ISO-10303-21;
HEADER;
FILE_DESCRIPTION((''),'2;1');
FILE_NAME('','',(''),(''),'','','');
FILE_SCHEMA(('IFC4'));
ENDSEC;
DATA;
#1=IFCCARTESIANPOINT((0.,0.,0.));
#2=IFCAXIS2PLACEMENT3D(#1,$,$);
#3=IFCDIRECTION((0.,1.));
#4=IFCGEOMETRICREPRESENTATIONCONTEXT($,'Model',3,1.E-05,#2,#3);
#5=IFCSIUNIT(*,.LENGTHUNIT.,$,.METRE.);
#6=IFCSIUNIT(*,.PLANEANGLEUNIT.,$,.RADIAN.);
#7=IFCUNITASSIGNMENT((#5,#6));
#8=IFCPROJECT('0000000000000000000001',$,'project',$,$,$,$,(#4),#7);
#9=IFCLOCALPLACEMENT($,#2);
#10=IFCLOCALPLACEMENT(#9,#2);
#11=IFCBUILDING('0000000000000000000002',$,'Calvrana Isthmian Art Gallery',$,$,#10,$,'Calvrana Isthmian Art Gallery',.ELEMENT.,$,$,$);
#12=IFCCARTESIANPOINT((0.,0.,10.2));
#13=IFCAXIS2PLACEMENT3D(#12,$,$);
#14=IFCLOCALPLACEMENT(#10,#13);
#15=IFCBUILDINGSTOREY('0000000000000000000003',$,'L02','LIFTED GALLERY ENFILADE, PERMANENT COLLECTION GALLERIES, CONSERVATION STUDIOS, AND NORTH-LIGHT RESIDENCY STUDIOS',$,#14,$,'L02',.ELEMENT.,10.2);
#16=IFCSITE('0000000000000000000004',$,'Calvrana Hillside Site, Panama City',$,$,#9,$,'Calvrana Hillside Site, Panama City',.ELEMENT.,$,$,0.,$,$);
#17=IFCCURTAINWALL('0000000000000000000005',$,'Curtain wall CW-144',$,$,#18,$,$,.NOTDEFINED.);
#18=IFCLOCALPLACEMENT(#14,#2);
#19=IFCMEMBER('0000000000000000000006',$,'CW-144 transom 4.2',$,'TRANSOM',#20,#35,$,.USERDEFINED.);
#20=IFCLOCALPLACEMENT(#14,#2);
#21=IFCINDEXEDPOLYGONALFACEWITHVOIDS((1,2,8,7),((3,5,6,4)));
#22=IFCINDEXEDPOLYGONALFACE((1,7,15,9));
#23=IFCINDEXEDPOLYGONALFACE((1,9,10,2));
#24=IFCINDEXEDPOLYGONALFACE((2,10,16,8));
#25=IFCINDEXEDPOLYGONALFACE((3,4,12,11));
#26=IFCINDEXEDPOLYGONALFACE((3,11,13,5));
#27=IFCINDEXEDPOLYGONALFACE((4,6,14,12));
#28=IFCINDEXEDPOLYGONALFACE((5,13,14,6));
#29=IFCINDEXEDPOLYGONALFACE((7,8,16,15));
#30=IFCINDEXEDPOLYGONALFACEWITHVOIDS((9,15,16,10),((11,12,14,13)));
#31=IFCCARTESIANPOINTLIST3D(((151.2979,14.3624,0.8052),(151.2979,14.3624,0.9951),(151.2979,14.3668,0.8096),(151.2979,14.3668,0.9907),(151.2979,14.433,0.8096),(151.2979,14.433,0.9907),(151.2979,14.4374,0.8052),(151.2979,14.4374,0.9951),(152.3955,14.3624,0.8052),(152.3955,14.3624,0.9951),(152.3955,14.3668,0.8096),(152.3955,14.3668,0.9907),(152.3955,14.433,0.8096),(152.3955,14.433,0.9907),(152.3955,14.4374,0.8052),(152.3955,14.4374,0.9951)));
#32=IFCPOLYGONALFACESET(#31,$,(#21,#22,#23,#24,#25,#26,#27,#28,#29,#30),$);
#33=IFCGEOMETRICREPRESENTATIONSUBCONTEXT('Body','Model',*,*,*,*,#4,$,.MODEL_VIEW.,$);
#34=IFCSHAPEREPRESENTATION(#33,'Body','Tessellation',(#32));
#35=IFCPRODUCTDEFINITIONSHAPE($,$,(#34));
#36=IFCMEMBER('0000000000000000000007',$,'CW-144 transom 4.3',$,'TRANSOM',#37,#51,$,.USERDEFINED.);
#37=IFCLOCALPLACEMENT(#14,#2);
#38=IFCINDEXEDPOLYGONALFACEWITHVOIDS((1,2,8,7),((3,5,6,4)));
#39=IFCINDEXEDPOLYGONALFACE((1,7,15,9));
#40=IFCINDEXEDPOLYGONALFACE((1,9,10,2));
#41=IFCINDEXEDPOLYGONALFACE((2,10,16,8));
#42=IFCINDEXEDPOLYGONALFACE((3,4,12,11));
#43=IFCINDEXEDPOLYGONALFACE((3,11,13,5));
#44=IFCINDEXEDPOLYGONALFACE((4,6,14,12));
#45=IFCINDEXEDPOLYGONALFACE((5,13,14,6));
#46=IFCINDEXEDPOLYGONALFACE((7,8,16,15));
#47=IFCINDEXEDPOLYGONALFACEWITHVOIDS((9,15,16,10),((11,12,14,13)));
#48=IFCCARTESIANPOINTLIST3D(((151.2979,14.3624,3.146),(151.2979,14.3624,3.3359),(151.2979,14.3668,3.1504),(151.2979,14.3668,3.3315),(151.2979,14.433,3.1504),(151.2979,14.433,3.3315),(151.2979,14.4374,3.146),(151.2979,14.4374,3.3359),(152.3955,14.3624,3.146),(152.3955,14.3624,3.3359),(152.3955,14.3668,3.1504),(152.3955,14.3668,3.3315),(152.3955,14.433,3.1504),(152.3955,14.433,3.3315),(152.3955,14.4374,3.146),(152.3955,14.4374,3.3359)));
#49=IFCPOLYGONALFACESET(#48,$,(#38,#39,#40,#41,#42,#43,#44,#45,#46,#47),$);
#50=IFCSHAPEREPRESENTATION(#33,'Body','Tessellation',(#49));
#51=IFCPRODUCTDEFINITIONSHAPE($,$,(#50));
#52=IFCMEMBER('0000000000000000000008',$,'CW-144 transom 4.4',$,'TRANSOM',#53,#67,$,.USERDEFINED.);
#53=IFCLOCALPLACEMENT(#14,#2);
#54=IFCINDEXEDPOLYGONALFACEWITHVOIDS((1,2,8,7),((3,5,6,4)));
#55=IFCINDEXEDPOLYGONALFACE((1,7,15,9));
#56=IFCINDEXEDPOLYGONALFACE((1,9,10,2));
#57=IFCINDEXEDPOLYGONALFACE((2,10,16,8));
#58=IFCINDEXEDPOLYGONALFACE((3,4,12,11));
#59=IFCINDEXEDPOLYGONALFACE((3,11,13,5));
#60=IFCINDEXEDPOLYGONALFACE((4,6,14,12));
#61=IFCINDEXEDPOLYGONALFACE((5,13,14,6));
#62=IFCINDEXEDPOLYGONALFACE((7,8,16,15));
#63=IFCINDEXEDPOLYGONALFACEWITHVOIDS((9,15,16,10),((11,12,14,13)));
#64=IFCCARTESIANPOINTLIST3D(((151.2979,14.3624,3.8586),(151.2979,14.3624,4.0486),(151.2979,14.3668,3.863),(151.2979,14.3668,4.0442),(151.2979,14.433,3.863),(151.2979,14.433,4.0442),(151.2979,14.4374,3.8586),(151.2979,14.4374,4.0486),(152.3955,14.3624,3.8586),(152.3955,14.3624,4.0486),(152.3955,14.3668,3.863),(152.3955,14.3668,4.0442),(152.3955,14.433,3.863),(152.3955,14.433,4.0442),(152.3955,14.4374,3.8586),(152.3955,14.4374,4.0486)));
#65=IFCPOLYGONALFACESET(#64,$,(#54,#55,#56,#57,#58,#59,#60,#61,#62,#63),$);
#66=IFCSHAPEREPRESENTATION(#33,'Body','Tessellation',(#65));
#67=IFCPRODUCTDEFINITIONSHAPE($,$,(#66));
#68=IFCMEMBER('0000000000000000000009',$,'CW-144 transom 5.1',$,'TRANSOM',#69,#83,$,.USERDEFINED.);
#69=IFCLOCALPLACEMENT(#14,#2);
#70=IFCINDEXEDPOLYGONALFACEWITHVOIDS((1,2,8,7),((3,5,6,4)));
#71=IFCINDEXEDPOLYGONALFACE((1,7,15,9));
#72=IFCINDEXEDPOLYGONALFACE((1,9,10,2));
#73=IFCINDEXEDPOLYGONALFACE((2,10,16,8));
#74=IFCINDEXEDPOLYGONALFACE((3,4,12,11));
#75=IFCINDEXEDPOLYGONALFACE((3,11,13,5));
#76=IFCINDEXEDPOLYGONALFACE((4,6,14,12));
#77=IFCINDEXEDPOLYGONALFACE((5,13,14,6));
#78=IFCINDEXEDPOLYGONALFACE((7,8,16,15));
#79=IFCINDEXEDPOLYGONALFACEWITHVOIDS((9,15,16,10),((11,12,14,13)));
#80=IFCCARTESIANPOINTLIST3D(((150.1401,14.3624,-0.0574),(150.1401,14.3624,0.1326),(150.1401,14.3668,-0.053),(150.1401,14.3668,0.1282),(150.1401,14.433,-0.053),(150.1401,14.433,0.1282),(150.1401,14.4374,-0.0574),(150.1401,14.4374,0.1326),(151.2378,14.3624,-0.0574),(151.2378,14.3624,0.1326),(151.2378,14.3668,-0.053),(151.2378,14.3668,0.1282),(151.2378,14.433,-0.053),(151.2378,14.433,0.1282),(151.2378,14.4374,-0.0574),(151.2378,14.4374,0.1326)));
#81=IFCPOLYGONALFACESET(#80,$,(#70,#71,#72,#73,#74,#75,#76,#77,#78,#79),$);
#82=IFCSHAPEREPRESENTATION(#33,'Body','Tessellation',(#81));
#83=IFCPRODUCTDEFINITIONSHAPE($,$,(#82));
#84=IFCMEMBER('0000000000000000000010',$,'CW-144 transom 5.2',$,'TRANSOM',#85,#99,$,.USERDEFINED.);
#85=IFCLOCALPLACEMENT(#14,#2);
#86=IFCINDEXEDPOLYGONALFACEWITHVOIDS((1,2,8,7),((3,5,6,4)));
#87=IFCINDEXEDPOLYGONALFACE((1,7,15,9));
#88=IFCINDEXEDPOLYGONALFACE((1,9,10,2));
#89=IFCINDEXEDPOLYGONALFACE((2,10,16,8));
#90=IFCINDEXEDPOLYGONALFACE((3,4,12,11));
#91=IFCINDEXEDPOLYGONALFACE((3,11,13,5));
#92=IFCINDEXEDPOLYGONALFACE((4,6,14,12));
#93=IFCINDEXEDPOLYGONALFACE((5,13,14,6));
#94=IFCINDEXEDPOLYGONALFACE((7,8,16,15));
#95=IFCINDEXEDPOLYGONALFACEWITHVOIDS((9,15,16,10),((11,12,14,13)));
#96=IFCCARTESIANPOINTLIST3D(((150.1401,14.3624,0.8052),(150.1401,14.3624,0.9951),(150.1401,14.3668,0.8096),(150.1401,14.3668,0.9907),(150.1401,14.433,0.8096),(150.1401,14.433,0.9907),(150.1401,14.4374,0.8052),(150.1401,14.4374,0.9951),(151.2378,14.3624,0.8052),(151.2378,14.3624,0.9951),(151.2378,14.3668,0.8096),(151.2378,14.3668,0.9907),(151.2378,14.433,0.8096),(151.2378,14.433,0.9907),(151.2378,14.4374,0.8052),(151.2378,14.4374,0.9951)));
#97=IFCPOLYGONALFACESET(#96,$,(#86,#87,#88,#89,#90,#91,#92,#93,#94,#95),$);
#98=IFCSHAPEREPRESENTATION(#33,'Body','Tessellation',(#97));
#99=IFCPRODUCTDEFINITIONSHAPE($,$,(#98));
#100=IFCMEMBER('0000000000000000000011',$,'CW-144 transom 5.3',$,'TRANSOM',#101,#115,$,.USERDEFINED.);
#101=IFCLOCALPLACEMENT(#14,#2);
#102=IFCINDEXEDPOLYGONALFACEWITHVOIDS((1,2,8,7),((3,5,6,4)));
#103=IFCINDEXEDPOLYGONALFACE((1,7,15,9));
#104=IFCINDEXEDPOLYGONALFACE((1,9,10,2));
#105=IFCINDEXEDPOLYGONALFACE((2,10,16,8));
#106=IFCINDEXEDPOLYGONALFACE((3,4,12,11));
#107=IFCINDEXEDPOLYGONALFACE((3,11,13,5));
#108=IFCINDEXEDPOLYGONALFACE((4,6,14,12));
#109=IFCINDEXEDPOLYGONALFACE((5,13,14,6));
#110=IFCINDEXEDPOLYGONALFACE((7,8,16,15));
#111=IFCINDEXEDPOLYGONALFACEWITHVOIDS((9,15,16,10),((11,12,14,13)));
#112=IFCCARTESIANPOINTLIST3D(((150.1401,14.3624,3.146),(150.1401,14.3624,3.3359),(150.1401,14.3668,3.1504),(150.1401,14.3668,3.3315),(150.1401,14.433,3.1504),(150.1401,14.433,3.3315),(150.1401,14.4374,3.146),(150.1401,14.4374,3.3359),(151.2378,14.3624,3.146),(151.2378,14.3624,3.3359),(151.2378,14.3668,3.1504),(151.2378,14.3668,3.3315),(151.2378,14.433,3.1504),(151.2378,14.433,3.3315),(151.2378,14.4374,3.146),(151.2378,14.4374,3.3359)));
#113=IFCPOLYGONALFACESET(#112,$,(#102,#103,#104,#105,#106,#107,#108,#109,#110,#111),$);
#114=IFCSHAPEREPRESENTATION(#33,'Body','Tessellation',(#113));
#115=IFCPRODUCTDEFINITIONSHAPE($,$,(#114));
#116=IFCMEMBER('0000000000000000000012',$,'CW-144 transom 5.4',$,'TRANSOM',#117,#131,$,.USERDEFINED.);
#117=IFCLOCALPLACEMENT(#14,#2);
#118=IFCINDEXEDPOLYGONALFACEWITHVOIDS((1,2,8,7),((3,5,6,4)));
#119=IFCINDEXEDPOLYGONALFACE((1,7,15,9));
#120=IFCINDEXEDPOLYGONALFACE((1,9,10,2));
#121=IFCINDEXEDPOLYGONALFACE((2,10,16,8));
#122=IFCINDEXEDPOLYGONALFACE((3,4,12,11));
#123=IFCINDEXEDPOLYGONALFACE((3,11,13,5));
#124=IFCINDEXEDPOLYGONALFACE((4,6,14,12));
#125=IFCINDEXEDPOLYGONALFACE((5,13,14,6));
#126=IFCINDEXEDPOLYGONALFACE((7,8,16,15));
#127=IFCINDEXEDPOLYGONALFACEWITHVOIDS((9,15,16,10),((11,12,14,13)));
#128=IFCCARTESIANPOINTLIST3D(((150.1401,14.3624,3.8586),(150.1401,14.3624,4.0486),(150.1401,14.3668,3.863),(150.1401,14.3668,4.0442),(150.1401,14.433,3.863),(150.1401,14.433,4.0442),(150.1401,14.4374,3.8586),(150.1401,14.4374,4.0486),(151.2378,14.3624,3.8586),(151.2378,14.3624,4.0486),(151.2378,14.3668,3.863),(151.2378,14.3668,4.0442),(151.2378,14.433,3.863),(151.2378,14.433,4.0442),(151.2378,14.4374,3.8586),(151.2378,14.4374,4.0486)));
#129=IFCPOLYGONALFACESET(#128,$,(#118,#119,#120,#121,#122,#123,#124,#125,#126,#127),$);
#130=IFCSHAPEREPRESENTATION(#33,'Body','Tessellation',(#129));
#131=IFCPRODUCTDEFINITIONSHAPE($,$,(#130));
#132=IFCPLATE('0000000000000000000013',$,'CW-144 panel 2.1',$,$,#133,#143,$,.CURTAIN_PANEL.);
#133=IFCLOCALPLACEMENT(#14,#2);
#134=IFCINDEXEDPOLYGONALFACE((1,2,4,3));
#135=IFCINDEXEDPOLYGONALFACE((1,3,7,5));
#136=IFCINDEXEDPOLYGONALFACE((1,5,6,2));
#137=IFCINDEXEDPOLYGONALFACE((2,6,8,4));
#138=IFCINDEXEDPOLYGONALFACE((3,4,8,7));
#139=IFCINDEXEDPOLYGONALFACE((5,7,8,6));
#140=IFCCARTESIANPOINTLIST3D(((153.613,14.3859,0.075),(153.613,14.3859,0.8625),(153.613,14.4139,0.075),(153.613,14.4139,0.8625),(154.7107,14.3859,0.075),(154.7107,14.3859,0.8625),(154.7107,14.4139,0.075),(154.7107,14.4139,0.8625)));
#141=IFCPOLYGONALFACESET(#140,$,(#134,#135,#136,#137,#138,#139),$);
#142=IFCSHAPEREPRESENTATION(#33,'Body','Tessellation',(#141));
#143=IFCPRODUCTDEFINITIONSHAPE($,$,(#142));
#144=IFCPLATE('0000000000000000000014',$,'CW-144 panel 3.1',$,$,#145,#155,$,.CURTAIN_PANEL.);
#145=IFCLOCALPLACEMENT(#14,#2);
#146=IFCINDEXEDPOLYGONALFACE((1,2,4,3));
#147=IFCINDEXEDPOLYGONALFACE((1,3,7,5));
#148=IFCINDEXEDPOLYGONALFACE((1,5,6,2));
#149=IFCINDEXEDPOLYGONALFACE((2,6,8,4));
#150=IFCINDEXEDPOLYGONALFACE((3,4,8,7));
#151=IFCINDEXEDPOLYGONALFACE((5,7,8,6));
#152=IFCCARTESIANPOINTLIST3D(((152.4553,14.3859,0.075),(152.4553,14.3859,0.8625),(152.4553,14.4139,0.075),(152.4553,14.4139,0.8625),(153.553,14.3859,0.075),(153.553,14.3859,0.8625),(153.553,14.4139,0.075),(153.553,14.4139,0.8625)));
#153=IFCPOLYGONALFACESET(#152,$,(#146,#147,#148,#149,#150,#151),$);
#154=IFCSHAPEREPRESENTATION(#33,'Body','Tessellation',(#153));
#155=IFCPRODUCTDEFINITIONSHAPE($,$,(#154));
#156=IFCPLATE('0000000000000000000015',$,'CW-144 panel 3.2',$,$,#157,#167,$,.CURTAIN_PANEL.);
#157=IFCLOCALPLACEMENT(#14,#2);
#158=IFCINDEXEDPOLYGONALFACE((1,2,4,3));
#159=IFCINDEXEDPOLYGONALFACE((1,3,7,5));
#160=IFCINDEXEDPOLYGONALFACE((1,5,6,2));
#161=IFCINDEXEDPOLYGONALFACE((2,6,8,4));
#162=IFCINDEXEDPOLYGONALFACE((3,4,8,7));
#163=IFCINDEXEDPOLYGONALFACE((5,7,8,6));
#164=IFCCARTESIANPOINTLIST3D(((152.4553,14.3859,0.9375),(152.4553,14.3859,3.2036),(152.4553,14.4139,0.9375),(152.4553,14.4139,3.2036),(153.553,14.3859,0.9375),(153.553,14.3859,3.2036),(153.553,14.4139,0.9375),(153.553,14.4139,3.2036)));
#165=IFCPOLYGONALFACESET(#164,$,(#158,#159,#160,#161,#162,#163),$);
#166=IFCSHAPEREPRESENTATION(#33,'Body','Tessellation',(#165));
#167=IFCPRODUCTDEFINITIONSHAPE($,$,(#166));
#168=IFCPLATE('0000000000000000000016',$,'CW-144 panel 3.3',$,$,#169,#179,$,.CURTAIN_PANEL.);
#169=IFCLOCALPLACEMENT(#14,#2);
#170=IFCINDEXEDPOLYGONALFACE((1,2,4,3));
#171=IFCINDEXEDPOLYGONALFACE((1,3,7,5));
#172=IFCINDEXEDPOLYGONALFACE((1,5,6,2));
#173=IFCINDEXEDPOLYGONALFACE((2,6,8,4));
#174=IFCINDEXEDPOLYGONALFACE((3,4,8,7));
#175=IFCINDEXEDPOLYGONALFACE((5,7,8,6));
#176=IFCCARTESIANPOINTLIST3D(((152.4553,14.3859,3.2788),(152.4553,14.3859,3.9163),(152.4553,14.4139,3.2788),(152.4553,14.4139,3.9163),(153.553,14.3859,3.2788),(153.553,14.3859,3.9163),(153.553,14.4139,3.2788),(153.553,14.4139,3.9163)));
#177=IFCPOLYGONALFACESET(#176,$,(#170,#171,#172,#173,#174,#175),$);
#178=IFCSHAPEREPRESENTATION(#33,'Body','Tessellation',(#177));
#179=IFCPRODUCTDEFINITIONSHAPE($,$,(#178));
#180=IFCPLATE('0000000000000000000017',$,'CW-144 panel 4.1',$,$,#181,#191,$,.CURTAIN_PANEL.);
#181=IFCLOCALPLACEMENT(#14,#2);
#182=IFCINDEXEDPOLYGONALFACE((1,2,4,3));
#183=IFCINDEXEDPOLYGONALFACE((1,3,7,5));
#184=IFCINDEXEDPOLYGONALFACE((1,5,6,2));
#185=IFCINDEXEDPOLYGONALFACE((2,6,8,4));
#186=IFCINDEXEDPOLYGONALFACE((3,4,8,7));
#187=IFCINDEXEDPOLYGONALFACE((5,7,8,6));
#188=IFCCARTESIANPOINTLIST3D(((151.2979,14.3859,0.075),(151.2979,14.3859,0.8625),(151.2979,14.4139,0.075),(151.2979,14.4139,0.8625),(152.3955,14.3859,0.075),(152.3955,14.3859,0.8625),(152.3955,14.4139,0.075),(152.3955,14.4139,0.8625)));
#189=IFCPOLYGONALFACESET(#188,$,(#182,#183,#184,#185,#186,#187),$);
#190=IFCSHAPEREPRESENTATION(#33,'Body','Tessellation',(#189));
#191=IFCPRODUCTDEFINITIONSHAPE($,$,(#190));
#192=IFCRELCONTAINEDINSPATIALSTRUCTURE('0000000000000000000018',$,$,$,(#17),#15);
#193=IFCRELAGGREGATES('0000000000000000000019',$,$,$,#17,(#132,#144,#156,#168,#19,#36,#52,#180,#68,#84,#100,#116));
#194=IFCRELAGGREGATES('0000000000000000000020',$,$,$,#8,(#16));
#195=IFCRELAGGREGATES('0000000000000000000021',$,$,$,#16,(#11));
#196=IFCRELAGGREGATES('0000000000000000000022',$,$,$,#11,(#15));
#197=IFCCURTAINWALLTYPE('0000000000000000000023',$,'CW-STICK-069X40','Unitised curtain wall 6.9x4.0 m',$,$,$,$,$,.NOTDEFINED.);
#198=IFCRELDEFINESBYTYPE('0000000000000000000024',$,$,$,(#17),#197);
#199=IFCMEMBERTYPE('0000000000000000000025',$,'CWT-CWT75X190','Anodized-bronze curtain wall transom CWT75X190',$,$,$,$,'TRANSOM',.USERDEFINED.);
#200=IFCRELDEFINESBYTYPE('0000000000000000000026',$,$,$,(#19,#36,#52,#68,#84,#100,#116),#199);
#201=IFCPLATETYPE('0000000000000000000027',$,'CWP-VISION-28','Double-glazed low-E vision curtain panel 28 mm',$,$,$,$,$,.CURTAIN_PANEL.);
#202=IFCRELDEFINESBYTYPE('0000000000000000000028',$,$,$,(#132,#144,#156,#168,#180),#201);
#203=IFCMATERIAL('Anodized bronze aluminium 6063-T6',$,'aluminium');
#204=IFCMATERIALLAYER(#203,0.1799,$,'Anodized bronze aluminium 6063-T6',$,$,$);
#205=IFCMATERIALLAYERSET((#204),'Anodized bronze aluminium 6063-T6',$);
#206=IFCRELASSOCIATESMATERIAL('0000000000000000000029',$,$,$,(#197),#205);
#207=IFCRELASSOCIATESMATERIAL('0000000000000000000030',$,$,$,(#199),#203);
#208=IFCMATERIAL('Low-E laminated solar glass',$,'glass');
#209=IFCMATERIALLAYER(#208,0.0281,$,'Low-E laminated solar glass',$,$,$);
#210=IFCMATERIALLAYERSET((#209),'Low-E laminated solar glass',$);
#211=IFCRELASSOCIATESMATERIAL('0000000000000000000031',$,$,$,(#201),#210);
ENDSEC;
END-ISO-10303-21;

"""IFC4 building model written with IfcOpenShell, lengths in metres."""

from ifc_helpers import new_model, si_unit, direction, frame, origin, origin_2d, place, context, subcontext, project, spatial, rectangle, hollow_rectangle, extrude, material, layer, layer_set, material_profile, profile_set, type_object, element, aggregate, save


model = new_model("IFC4")

# Units and contexts
model_context = context("Model", 3, precision=1e-05, world=origin(), true_north=direction((0.0, 1.0)))
body_context = subcontext(model_context, "Body", "Model", "MODEL_VIEW")
ifc_project = project(units=[si_unit("LENGTHUNIT", "METRE"), si_unit("PLANEANGLEUNIT", "RADIAN")], contexts=[model_context])

# Site, building, storey
site_placement = place(None, origin())
site = spatial("IfcSite", under=ifc_project, at=site_placement, Name="Calvrana Hillside Site, Panama City", LongName="Calvrana Hillside Site, Panama City", CompositionType="ELEMENT", RefElevation=0.0)
building_placement = place(site_placement, origin())
building = spatial("IfcBuilding", under=site, at=building_placement, Name="Calvrana Isthmian Art Gallery", LongName="Calvrana Isthmian Art Gallery", CompositionType="ELEMENT")
storey_placement = place(building_placement, frame((0.0, 0.0, 10.2)))
storey = spatial("IfcBuildingStorey", under=building, at=storey_placement, Name="L02", Description="LIFTED GALLERY ENFILADE, PERMANENT COLLECTION GALLERIES, CONSERVATION STUDIOS, AND NORTH-LIGHT RESIDENCY STUDIOS", LongName="L02", CompositionType="ELEMENT", Elevation=10.2)

# Curtain wall, members, plates
ifc_material_1 = material(Name="Anodized bronze aluminium 6063-T6", Category="aluminium")
ifc_layer_1 = layer(ifc_material_1, 0.1799, Name="Anodized bronze aluminium 6063-T6")
ifc_layer_set_1 = layer_set([ifc_layer_1], Name="Anodized bronze aluminium 6063-T6")
curtain_wall_type = type_object("IfcCurtainWallType", Name="CW-STICK-069X40", Description="Unitised curtain wall 6.9x4.0 m", PredefinedType="NOTDEFINED", material=ifc_layer_set_1)
curtain_wall_placement = place(storey_placement, origin())
curtain_wall = element("IfcCurtainWall", 1, at=curtain_wall_placement, inside=storey, type_object=curtain_wall_type, Name="Curtain wall CW-144", PredefinedType="NOTDEFINED")
ifc_material_profile_1 = material_profile(ifc_material_1, hollow_rectangle(XDim=0.075, YDim=0.1899, WallThickness=0.0044, at=origin_2d()), Name="CWT75X190")
ifc_profile_set_1 = profile_set([ifc_material_profile_1], Name="Anodized bronze aluminium 6063-T6")
member_type_1 = type_object("IfcMemberType", Name="CWT-CWT75X190", Description="Anodized-bronze curtain wall transom CWT75X190", ElementType="TRANSOM", PredefinedType="USERDEFINED", material=ifc_profile_set_1)
member_1_placement = place(storey_placement, frame((152.3955, 14.3999, 0.9001), z_axis=(-1.0, 0.0, 0.0), x_axis=(0.0, -1.0, 0.0)))
member_1 = element("IfcMember", 2, at=member_1_placement, type_object=member_type_1, Name="CW-144 transom 4.2", ObjectType="TRANSOM", PredefinedType="USERDEFINED", context=body_context, shape_type="SweptSolid", body=[
    extrude(hollow_rectangle(XDim=0.075, YDim=0.1899, WallThickness=0.0044, at=origin_2d()), origin(), (0.0, 0.0, 1.0), 1.0977),
])
member_2_placement = place(storey_placement, frame((152.3955, 14.3999, 3.241), z_axis=(-1.0, 0.0, 0.0), x_axis=(0.0, -1.0, 0.0)))
member_2 = element("IfcMember", 3, at=member_2_placement, type_object=member_type_1, Name="CW-144 transom 4.3", ObjectType="TRANSOM", PredefinedType="USERDEFINED", context=body_context, shape_type="SweptSolid", body=[
    extrude(hollow_rectangle(XDim=0.075, YDim=0.1899, WallThickness=0.0044, at=origin_2d()), origin(), (0.0, 0.0, 1.0), 1.0977),
])
member_3_placement = place(storey_placement, frame((152.3955, 14.3999, 3.9536), z_axis=(-1.0, 0.0, 0.0), x_axis=(0.0, -1.0, 0.0)))
member_3 = element("IfcMember", 4, at=member_3_placement, type_object=member_type_1, Name="CW-144 transom 4.4", ObjectType="TRANSOM", PredefinedType="USERDEFINED", context=body_context, shape_type="SweptSolid", body=[
    extrude(hollow_rectangle(XDim=0.075, YDim=0.1899, WallThickness=0.0044, at=origin_2d()), origin(), (0.0, 0.0, 1.0), 1.0977),
])
member_4_placement = place(storey_placement, frame((151.2378, 14.3999, 0.0376), z_axis=(-1.0, 0.0, 0.0), x_axis=(0.0, -1.0, 0.0)))
member_4 = element("IfcMember", 5, at=member_4_placement, type_object=member_type_1, Name="CW-144 transom 5.1", ObjectType="TRANSOM", PredefinedType="USERDEFINED", context=body_context, shape_type="SweptSolid", body=[
    extrude(hollow_rectangle(XDim=0.075, YDim=0.1899, WallThickness=0.0044, at=origin_2d()), origin(), (0.0, 0.0, 1.0), 1.0977),
])
member_5_placement = place(storey_placement, frame((151.2378, 14.3999, 0.9001), z_axis=(-1.0, 0.0, 0.0), x_axis=(0.0, -1.0, 0.0)))
member_5 = element("IfcMember", 6, at=member_5_placement, type_object=member_type_1, Name="CW-144 transom 5.2", ObjectType="TRANSOM", PredefinedType="USERDEFINED", context=body_context, shape_type="SweptSolid", body=[
    extrude(hollow_rectangle(XDim=0.075, YDim=0.1899, WallThickness=0.0044, at=origin_2d()), origin(), (0.0, 0.0, 1.0), 1.0977),
])
member_6_placement = place(storey_placement, frame((151.2378, 14.3999, 3.241), z_axis=(-1.0, 0.0, 0.0), x_axis=(0.0, -1.0, 0.0)))
member_6 = element("IfcMember", 7, at=member_6_placement, type_object=member_type_1, Name="CW-144 transom 5.3", ObjectType="TRANSOM", PredefinedType="USERDEFINED", context=body_context, shape_type="SweptSolid", body=[
    extrude(hollow_rectangle(XDim=0.075, YDim=0.1899, WallThickness=0.0044, at=origin_2d()), origin(), (0.0, 0.0, 1.0), 1.0977),
])
member_7_placement = place(storey_placement, frame((151.2378, 14.3999, 3.9536), z_axis=(-1.0, 0.0, 0.0), x_axis=(0.0, -1.0, 0.0)))
member_7 = element("IfcMember", 8, at=member_7_placement, type_object=member_type_1, Name="CW-144 transom 5.4", ObjectType="TRANSOM", PredefinedType="USERDEFINED", context=body_context, shape_type="SweptSolid", body=[
    extrude(hollow_rectangle(XDim=0.075, YDim=0.1899, WallThickness=0.0044, at=origin_2d()), origin(), (0.0, 0.0, 1.0), 1.0977),
])
ifc_material_2 = material(Name="Low-E laminated solar glass", Category="glass")
ifc_layer_2 = layer(ifc_material_2, 0.0281, Name="Low-E laminated solar glass")
ifc_layer_set_2 = layer_set([ifc_layer_2], Name="Low-E laminated solar glass")
plate_type = type_object("IfcPlateType", Name="CWP-VISION-28", Description="Double-glazed low-E vision curtain panel 28 mm", PredefinedType="CURTAIN_PANEL", material=ifc_layer_set_2)
plate_1_placement = place(storey_placement, frame((154.1619, 14.3999, 0.075), z_axis=(0.0, 0.0, 1.0), x_axis=(-1.0, 0.0, 0.0)))
plate_1 = element("IfcPlate", 9, at=plate_1_placement, type_object=plate_type, Name="CW-144 panel 2.1", PredefinedType="CURTAIN_PANEL", context=body_context, shape_type="SweptSolid", body=[
    extrude(rectangle(XDim=1.0977, YDim=0.0281, at=origin_2d()), origin(), (0.0, 0.0, 1.0), 0.7876),
])
plate_2_placement = place(storey_placement, frame((153.0042, 14.3999, 0.075), z_axis=(0.0, 0.0, 1.0), x_axis=(-1.0, 0.0, 0.0)))
plate_2 = element("IfcPlate", 10, at=plate_2_placement, type_object=plate_type, Name="CW-144 panel 3.1", PredefinedType="CURTAIN_PANEL", context=body_context, shape_type="SweptSolid", body=[
    extrude(rectangle(XDim=1.0977, YDim=0.0281, at=origin_2d()), origin(), (0.0, 0.0, 1.0), 0.7876),
])
plate_3_placement = place(storey_placement, frame((153.0042, 14.3999, 0.9375), z_axis=(0.0, 0.0, 1.0), x_axis=(-1.0, 0.0, 0.0)))
plate_3 = element("IfcPlate", 11, at=plate_3_placement, type_object=plate_type, Name="CW-144 panel 3.2", PredefinedType="CURTAIN_PANEL", context=body_context, shape_type="SweptSolid", body=[
    extrude(rectangle(XDim=1.0977, YDim=0.0281, at=origin_2d()), origin(), (0.0, 0.0, 1.0), 2.2661),
])
plate_4_placement = place(storey_placement, frame((153.0042, 14.3999, 3.2788), z_axis=(0.0, 0.0, 1.0), x_axis=(-1.0, 0.0, 0.0)))
plate_4 = element("IfcPlate", 12, at=plate_4_placement, type_object=plate_type, Name="CW-144 panel 3.3", PredefinedType="CURTAIN_PANEL", context=body_context, shape_type="SweptSolid", body=[
    extrude(rectangle(XDim=1.0977, YDim=0.0281, at=origin_2d()), origin(), (0.0, 0.0, 1.0), 0.6375),
])
plate_5_placement = place(storey_placement, frame((151.8467, 14.3999, 0.075), z_axis=(0.0, 0.0, 1.0), x_axis=(-1.0, 0.0, 0.0)))
plate_5 = element("IfcPlate", 13, at=plate_5_placement, type_object=plate_type, Name="CW-144 panel 4.1", PredefinedType="CURTAIN_PANEL", context=body_context, shape_type="SweptSolid", body=[
    extrude(rectangle(XDim=1.0977, YDim=0.0281, at=origin_2d()), origin(), (0.0, 0.0, 1.0), 0.7876),
])
aggregate(curtain_wall, [plate_1, plate_2, plate_3, plate_4, member_1, member_2, member_3, plate_5, member_4, member_5, member_6, member_7])

save(model, "model.ifc")
